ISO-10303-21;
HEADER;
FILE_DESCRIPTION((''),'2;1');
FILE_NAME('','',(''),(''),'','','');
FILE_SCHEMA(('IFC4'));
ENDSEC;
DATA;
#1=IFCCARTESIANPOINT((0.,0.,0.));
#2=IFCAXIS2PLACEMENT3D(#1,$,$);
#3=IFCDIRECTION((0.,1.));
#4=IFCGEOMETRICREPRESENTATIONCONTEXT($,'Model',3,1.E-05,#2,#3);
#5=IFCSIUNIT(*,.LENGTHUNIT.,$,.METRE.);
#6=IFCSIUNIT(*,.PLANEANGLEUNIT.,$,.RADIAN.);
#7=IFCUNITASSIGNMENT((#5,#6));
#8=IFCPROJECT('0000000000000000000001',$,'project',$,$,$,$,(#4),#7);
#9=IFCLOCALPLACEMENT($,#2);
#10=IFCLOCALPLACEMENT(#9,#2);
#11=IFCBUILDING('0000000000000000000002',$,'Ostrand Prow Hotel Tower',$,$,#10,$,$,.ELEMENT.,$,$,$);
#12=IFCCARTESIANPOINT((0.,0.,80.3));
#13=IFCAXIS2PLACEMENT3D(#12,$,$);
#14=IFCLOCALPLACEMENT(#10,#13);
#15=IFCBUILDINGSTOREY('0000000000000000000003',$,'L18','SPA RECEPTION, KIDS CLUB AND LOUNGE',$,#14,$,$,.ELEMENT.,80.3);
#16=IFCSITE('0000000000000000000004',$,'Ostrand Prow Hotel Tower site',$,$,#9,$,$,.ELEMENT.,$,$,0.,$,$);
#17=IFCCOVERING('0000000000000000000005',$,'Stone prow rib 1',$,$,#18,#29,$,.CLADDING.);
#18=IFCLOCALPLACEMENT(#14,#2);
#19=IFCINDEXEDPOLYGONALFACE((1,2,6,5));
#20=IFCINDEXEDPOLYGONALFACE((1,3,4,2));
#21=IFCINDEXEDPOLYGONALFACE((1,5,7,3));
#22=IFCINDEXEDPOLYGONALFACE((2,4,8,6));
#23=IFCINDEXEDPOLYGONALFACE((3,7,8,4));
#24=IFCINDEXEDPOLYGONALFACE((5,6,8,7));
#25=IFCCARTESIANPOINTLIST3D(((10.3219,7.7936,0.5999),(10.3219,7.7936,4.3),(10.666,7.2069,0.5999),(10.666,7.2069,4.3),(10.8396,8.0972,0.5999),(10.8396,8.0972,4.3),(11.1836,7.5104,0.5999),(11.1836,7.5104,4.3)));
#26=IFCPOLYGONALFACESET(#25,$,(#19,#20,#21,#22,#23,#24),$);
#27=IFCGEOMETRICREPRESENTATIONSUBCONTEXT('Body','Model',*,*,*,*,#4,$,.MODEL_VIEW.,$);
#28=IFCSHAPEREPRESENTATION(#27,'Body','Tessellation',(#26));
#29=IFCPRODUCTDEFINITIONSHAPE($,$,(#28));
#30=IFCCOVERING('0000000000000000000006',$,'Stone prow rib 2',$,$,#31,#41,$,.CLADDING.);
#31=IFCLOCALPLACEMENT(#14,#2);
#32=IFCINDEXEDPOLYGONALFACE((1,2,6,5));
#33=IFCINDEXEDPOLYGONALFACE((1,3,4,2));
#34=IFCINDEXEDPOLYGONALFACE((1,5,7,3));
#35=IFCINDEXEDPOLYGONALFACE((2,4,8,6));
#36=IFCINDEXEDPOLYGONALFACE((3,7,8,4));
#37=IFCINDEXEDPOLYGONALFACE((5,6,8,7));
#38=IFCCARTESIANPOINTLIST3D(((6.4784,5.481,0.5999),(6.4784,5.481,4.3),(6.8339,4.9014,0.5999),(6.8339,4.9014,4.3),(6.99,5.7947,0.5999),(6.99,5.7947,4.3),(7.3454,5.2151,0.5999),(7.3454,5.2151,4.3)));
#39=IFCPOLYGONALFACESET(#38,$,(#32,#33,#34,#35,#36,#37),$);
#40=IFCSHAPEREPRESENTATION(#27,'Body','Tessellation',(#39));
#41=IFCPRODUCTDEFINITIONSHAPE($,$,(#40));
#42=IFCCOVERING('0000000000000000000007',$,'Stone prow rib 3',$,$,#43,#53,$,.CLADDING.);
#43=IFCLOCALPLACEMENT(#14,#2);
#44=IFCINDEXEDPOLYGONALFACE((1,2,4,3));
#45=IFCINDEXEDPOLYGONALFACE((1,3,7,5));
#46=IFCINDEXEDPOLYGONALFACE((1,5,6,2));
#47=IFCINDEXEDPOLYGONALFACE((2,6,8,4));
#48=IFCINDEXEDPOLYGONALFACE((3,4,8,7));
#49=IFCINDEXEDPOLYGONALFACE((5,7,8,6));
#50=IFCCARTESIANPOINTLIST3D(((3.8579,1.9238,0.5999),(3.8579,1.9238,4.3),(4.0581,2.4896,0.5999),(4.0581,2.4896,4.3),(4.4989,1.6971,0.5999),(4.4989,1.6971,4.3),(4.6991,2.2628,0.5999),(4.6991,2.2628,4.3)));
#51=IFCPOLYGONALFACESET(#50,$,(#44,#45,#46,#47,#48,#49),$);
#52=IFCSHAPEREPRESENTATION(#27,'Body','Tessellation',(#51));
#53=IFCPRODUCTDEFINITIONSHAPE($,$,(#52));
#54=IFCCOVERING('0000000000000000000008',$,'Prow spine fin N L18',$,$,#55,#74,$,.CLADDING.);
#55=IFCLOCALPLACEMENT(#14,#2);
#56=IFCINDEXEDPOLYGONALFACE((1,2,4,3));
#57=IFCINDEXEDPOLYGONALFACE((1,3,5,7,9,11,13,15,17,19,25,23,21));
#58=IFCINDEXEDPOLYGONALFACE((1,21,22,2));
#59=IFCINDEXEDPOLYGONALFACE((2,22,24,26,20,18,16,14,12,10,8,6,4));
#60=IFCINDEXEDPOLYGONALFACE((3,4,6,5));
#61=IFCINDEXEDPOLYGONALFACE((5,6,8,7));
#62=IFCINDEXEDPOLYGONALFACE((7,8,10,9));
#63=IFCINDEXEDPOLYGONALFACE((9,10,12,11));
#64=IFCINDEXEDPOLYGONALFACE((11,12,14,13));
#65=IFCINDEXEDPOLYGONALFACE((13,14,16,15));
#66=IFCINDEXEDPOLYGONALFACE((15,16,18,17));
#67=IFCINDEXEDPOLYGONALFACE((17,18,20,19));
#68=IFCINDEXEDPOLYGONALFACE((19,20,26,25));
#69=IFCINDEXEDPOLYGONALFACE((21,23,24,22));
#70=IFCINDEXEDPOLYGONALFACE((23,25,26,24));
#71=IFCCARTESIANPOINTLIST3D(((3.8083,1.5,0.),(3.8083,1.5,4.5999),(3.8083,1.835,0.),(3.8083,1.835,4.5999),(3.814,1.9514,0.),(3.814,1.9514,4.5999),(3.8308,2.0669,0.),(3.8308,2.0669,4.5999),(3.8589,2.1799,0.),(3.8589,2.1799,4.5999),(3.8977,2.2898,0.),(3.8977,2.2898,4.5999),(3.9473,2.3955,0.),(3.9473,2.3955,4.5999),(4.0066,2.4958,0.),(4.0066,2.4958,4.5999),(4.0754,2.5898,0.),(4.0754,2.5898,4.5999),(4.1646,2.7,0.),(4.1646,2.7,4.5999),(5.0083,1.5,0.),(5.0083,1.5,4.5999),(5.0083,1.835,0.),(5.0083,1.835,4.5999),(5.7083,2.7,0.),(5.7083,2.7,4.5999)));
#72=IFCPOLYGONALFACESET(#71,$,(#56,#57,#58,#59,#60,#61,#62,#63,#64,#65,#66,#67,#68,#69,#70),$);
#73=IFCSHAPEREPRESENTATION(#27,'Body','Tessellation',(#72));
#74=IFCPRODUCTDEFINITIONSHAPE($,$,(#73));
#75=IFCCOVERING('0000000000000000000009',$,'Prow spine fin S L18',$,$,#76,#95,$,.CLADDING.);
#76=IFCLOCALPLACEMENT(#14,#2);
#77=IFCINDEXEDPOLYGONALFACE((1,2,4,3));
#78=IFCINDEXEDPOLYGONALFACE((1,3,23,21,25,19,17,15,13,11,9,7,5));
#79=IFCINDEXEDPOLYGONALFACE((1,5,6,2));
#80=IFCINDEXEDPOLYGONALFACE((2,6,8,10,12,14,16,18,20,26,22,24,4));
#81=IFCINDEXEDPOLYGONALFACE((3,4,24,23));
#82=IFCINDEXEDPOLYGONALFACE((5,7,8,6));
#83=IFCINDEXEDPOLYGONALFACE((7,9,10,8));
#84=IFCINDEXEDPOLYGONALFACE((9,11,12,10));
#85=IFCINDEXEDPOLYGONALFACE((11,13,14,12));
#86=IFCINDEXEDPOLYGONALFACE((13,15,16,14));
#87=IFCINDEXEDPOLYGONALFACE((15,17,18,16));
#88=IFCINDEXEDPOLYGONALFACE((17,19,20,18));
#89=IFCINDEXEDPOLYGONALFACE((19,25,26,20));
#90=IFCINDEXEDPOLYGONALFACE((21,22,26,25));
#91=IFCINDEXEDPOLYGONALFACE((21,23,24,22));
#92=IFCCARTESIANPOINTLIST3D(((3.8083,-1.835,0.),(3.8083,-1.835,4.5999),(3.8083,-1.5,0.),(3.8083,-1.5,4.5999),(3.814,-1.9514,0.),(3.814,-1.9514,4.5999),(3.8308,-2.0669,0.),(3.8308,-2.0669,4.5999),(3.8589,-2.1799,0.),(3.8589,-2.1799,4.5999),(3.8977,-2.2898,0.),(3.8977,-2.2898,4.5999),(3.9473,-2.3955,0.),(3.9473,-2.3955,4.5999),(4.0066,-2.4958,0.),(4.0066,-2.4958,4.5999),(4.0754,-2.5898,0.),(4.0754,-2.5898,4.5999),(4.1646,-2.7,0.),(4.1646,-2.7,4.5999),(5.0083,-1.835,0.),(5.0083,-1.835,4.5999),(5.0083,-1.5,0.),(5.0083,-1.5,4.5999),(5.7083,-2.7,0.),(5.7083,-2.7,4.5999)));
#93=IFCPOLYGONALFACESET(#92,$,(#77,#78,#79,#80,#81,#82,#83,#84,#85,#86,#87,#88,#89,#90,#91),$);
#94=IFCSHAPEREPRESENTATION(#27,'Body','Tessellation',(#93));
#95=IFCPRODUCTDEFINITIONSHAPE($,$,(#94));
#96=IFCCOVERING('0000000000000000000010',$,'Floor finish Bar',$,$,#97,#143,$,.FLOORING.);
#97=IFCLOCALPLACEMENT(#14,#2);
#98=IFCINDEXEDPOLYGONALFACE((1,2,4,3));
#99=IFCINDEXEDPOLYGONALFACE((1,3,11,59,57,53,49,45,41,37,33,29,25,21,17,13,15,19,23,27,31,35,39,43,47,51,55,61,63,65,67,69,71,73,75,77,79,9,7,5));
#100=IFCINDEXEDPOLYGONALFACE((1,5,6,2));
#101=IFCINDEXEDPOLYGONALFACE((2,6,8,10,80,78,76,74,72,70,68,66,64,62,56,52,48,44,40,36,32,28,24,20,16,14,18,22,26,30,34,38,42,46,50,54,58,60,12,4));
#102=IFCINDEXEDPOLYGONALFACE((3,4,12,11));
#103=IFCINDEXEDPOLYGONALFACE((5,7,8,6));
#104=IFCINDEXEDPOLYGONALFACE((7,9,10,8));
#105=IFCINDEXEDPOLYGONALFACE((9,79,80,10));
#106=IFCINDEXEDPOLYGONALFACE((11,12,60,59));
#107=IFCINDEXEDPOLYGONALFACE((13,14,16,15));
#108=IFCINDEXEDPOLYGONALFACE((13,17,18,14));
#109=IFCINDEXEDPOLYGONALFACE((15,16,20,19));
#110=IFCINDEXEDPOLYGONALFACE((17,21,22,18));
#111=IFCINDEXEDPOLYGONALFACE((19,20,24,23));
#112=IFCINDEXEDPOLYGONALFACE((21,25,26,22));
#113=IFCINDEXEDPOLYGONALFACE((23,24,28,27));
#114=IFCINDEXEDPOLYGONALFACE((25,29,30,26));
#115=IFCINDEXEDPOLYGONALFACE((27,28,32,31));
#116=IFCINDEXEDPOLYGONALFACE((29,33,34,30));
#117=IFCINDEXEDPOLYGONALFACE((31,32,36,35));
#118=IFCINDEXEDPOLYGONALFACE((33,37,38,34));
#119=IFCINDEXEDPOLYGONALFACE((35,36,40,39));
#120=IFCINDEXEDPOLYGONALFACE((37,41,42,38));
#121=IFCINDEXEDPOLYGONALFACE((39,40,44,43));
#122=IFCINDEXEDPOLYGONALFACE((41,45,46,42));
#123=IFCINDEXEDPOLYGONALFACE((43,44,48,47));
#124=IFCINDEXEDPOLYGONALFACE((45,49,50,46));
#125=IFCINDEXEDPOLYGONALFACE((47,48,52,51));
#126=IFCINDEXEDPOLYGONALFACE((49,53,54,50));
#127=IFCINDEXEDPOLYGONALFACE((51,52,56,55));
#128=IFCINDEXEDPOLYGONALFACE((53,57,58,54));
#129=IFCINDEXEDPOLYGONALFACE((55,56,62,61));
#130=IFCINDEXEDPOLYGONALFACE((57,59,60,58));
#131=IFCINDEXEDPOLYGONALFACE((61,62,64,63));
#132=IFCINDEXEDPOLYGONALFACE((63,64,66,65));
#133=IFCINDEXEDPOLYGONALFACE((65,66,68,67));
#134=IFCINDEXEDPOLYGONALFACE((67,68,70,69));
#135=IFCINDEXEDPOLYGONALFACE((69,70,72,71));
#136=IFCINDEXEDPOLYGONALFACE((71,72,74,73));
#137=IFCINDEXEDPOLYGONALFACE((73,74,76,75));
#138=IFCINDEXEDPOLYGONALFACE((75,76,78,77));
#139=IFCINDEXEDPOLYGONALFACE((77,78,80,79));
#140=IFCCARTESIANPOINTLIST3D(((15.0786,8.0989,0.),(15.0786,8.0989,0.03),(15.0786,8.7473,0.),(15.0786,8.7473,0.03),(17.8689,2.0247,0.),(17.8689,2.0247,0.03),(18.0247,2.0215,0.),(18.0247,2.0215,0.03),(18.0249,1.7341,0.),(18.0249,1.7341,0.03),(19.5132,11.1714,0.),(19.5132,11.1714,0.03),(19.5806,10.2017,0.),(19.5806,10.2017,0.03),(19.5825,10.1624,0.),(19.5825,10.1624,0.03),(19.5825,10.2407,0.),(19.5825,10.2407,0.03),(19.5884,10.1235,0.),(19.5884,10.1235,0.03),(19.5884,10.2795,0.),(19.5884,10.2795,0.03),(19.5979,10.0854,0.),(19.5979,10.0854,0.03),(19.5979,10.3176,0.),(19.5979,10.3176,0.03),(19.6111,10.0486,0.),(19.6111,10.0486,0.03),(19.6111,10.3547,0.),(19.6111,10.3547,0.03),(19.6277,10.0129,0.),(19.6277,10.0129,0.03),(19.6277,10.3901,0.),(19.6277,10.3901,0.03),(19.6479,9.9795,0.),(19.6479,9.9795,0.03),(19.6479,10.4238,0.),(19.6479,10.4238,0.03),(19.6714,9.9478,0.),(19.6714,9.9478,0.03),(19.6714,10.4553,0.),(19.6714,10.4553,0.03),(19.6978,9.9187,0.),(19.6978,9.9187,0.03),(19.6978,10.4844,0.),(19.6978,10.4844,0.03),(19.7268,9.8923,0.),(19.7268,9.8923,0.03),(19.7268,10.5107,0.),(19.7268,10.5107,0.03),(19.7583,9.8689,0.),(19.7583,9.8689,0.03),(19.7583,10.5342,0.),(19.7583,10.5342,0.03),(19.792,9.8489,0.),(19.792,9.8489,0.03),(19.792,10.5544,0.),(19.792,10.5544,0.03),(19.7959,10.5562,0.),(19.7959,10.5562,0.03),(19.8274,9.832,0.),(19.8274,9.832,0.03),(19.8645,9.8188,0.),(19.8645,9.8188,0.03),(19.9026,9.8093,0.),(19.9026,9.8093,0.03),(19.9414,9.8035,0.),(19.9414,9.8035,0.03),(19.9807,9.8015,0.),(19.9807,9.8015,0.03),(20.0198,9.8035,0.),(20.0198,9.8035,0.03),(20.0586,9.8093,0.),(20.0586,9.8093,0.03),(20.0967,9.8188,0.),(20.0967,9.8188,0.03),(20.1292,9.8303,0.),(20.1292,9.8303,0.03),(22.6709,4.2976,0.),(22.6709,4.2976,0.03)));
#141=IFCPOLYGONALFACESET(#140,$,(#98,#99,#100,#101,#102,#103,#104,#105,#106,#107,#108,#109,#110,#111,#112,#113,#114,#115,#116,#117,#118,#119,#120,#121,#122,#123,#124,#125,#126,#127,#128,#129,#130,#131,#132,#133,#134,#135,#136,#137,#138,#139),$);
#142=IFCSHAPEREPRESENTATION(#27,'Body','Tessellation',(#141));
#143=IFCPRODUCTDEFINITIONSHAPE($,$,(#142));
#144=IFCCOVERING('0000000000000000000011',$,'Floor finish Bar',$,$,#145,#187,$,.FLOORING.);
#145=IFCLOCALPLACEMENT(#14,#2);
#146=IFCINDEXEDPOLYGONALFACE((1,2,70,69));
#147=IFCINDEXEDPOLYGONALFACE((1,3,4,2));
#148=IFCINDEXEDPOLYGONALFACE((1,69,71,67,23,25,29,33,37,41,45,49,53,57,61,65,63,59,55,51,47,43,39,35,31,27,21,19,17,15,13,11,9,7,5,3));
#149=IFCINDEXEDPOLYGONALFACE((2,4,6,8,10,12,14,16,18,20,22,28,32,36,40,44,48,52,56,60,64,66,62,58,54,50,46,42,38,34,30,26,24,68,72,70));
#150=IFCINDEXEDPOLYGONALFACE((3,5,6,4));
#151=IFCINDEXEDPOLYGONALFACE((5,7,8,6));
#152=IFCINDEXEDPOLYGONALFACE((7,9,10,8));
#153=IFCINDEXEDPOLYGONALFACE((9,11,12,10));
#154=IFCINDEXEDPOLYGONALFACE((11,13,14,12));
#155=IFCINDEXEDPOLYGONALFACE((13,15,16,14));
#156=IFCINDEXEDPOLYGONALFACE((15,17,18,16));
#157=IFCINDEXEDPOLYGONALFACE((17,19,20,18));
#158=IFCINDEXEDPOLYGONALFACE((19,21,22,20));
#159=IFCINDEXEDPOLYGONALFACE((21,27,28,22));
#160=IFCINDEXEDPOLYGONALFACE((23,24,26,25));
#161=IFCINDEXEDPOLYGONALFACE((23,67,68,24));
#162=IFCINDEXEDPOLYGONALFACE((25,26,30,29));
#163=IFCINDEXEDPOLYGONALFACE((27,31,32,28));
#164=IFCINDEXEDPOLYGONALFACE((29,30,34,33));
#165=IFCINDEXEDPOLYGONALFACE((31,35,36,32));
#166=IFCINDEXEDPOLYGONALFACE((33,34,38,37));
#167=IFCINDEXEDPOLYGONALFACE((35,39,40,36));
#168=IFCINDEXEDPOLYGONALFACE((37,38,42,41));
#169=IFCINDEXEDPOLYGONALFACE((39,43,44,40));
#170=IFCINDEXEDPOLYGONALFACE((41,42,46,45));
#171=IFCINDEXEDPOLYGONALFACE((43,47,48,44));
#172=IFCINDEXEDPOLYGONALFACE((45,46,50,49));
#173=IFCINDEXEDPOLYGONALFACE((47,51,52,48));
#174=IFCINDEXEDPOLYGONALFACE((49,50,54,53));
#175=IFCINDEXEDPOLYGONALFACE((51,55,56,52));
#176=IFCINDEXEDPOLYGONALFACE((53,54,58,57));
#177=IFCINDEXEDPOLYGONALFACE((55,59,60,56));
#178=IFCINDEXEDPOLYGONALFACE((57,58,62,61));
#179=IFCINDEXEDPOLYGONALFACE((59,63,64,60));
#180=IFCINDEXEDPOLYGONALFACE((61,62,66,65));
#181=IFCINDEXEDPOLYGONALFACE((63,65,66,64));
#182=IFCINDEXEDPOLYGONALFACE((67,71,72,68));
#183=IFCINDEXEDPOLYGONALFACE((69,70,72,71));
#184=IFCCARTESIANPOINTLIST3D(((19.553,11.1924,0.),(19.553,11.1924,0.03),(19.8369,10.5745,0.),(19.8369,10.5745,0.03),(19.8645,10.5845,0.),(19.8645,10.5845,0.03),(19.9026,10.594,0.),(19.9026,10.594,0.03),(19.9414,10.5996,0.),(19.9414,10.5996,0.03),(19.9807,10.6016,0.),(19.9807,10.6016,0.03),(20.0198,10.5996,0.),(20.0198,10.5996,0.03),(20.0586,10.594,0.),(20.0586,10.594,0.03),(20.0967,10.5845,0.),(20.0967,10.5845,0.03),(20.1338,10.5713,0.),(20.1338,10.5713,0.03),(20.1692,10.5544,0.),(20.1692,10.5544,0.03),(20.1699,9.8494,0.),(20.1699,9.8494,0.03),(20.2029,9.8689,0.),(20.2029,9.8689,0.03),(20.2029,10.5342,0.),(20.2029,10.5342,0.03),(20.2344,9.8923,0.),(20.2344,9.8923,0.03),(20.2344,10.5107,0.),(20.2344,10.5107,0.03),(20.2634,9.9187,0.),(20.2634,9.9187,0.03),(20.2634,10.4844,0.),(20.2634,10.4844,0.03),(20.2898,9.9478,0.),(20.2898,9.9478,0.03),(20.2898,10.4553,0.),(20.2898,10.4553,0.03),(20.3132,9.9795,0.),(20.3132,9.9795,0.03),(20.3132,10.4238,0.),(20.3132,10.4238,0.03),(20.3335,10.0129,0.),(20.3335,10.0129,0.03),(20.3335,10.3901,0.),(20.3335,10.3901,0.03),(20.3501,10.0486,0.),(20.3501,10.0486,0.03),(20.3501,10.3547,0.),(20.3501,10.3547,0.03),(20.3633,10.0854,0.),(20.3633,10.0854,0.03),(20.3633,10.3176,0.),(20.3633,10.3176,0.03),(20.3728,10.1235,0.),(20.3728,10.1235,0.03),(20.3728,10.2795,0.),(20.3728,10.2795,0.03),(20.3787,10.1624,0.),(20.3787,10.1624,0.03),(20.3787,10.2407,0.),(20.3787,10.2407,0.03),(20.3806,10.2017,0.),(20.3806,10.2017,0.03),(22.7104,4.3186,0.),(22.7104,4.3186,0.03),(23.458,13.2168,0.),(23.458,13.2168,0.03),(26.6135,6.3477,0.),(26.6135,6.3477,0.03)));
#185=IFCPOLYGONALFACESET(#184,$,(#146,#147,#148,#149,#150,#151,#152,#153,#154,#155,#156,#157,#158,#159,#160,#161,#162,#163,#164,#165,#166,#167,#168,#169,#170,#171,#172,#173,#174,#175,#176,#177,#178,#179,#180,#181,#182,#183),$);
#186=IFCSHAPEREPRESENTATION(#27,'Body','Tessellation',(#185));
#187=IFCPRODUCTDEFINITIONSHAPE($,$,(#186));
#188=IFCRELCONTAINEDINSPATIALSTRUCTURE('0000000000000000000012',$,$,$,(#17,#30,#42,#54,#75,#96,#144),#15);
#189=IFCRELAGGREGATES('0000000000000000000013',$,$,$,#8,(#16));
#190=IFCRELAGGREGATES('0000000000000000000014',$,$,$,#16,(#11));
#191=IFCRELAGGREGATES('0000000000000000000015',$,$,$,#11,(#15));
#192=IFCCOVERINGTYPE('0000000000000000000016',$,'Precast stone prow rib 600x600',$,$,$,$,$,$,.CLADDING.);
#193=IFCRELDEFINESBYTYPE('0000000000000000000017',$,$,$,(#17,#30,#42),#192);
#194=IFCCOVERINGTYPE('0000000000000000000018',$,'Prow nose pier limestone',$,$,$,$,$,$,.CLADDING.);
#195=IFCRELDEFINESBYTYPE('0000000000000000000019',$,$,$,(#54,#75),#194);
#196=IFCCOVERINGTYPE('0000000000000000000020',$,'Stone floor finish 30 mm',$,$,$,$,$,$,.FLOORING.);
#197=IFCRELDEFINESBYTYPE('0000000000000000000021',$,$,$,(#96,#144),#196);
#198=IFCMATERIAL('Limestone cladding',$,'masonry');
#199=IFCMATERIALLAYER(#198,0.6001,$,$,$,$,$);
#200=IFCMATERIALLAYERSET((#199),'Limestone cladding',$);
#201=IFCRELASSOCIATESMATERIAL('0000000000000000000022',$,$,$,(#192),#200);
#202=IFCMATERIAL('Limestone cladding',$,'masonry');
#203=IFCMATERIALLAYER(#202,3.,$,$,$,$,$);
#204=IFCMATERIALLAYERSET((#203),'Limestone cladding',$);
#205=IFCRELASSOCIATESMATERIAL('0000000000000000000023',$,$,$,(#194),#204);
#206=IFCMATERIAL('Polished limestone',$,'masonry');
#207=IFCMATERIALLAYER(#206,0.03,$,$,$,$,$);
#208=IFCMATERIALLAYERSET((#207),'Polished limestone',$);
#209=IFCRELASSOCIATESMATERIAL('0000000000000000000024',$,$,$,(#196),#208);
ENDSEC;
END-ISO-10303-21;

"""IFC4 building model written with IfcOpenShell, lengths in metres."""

from ifc_helpers import new_model, si_unit, direction, frame, frame_2d, origin, place, context, subcontext, project, spatial, polyline, rectangle, outline, extrude, material, layer, layer_set, type_object, element, save


model = new_model("IFC4")

# Units and contexts
model_context = context("Model", 3, precision=1e-05, world=origin(), true_north=direction((0.0, 1.0)))
body_context = subcontext(model_context, "Body", "Model", "MODEL_VIEW")
ifc_project = project(units=[si_unit("LENGTHUNIT", "METRE"), si_unit("PLANEANGLEUNIT", "RADIAN")], contexts=[model_context])

# Site, building, storey
site_placement = place(None, origin())
site = spatial("IfcSite", under=ifc_project, at=site_placement, Name="Ostrand Prow Hotel Tower site", CompositionType="ELEMENT", RefElevation=0.0)
building_placement = place(site_placement, origin())
building = spatial("IfcBuilding", under=site, at=building_placement, Name="Ostrand Prow Hotel Tower", CompositionType="ELEMENT")
storey_placement = place(building_placement, frame((0.0, 0.0, 80.3)))
storey = spatial("IfcBuildingStorey", under=building, at=storey_placement, Name="L18", Description="SPA RECEPTION, KIDS CLUB AND LOUNGE", CompositionType="ELEMENT", Elevation=80.3)

# Coverings
ifc_material_1 = material(Name="Limestone cladding", Category="masonry")
ifc_layer_1 = layer(ifc_material_1, 0.6001)
ifc_layer_set_1 = layer_set([ifc_layer_1], Name="Limestone cladding")
covering_type_1 = type_object("IfcCoveringType", Name="Precast stone prow rib 600x600", PredefinedType="CLADDING", material=ifc_layer_set_1)
covering_1_placement = place(storey_placement, frame((10.9248, 7.3586, 0.5999), z_axis=(0.0, 0.0, 1.0), x_axis=(-0.505812, 0.862644, 0.0)))
element("IfcCovering", 1, at=covering_1_placement, inside=storey, type_object=covering_type_1, Name="Stone prow rib 1", PredefinedType="CLADDING", context=body_context, shape_type="SweptSolid", body=[
    extrude(rectangle(XDim=0.6802, YDim=0.6001, at=frame_2d((0.3401, 0.0))), origin(), (0.0, 0.0, 1.0), 3.7002),
])
for number, where, z_axis, x_axis, name in (
    (2, (7.0896, 5.0583, 0.5999), (0.0, 0.0, 1.0), (-0.522815, 0.852446, 0.0), "Stone prow rib 2"),
    (3, (4.5989, 1.98, 0.5999), (0.0, 0.0, 1.0), (-0.942745, 0.333515, 0.0), "Stone prow rib 3"),
):
    element("IfcCovering", number, at=place(storey_placement, frame(where, z_axis=z_axis, x_axis=x_axis)), inside=storey, type_object=covering_type_1, Name=name, PredefinedType="CLADDING", context=body_context, shape_type="SweptSolid", body=[
        extrude(rectangle(XDim=0.6799, YDim=0.6001, at=frame_2d((0.3398, 0.0))), origin(), (0.0, 0.0, 1.0), 3.7002),
    ])
ifc_material_2 = material(Name="Limestone cladding", Category="masonry")
ifc_layer_2 = layer(ifc_material_2, 3.0)
ifc_layer_set_2 = layer_set([ifc_layer_2], Name="Limestone cladding")
covering_type_2 = type_object("IfcCoveringType", Name="Prow nose pier limestone", PredefinedType="CLADDING", material=ifc_layer_set_2)
covering_2_placement = place(storey_placement, origin())
element("IfcCovering", 4, at=covering_2_placement, inside=storey, type_object=covering_type_2, Name="Prow spine fin N L18", PredefinedType="CLADDING", context=body_context, shape_type="SweptSolid", body=[
    extrude(outline(polyline([(3.8083, 1.835), (3.8083, 1.5), (5.0083, 1.5), (5.0083, 1.835), (5.7083, 2.7), (4.1646, 2.7), (4.0754, 2.5898), (4.0066, 2.4958), (3.9473, 2.3955), (3.8977, 2.2898), (3.8589, 2.1799), (3.8308, 2.0669), (3.814, 1.9514), (3.8083, 1.835)])), origin(), (0.0, 0.0, 1.0), 4.5999),
])
covering_3_placement = place(storey_placement, origin())
element("IfcCovering", 5, at=covering_3_placement, inside=storey, type_object=covering_type_2, Name="Prow spine fin S L18", PredefinedType="CLADDING", context=body_context, shape_type="SweptSolid", body=[
    extrude(outline(polyline([(4.0754, -2.5898), (4.1646, -2.7), (5.7083, -2.7), (5.0083, -1.835), (5.0083, -1.5), (3.8083, -1.5), (3.8083, -1.835), (3.814, -1.9514), (3.8308, -2.0669), (3.8589, -2.1799), (3.8977, -2.2898), (3.9473, -2.3955), (4.0066, -2.4958), (4.0754, -2.5898)])), origin(), (0.0, 0.0, 1.0), 4.5999),
])
ifc_material_3 = material(Name="Polished limestone", Category="masonry")
ifc_layer_3 = layer(ifc_material_3, 0.03)
ifc_layer_set_3 = layer_set([ifc_layer_3], Name="Polished limestone")
covering_type_3 = type_object("IfcCoveringType", Name="Stone floor finish 30 mm", PredefinedType="FLOORING", material=ifc_layer_set_3)
covering_4_placement = place(storey_placement, origin())
element("IfcCovering", 6, at=covering_4_placement, inside=storey, type_object=covering_type_3, Name="Floor finish Bar", PredefinedType="FLOORING", context=body_context, shape_type="SweptSolid", body=[
    extrude(outline(polyline([(15.0786, 8.7473), (15.0786, 8.0989), (17.8689, 2.0247), (18.0247, 2.0215), (18.0249, 1.7341), (22.6709, 4.2976), (20.1292, 9.8303), (20.0967, 9.8188), (20.0586, 9.8093), (20.0198, 9.8035), (19.9807, 9.8015), (19.9414, 9.8035), (19.9026, 9.8093), (19.8645, 9.8188), (19.8274, 9.832), (19.792, 9.8489), (19.7583, 9.8689), (19.7268, 9.8923), (19.6978, 9.9187), (19.6714, 9.9478), (19.6479, 9.9795), (19.6277, 10.0129), (19.6111, 10.0486), (19.5979, 10.0854), (19.5884, 10.1235), (19.5825, 10.1624), (19.5806, 10.2017), (19.5825, 10.2407), (19.5884, 10.2795), (19.5979, 10.3176), (19.6111, 10.3547), (19.6277, 10.3901), (19.6479, 10.4238), (19.6714, 10.4553), (19.6978, 10.4844), (19.7268, 10.5107), (19.7583, 10.5342), (19.792, 10.5544), (19.7959, 10.5562), (19.5132, 11.1714), (15.0786, 8.7473)])), origin(), (0.0, 0.0, 1.0), 0.03),
])
covering_5_placement = place(storey_placement, origin())
element("IfcCovering", 7, at=covering_5_placement, inside=storey, type_object=covering_type_3, Name="Floor finish Bar", PredefinedType="FLOORING", context=body_context, shape_type="SweptSolid", body=[
    extrude(outline(polyline([(26.6135, 6.3477), (23.458, 13.2168), (19.553, 11.1924), (19.8369, 10.5745), (19.8645, 10.5845), (19.9026, 10.594), (19.9414, 10.5996), (19.9807, 10.6016), (20.0198, 10.5996), (20.0586, 10.594), (20.0967, 10.5845), (20.1338, 10.5713), (20.1692, 10.5544), (20.2029, 10.5342), (20.2344, 10.5107), (20.2634, 10.4844), (20.2898, 10.4553), (20.3132, 10.4238), (20.3335, 10.3901), (20.3501, 10.3547), (20.3633, 10.3176), (20.3728, 10.2795), (20.3787, 10.2407), (20.3806, 10.2017), (20.3787, 10.1624), (20.3728, 10.1235), (20.3633, 10.0854), (20.3501, 10.0486), (20.3335, 10.0129), (20.3132, 9.9795), (20.2898, 9.9478), (20.2634, 9.9187), (20.2344, 9.8923), (20.2029, 9.8689), (20.1699, 9.8494), (22.7104, 4.3186), (26.6135, 6.3477)])), origin(), (0.0, 0.0, 1.0), 0.03),
])

save(model, "model.ifc")
